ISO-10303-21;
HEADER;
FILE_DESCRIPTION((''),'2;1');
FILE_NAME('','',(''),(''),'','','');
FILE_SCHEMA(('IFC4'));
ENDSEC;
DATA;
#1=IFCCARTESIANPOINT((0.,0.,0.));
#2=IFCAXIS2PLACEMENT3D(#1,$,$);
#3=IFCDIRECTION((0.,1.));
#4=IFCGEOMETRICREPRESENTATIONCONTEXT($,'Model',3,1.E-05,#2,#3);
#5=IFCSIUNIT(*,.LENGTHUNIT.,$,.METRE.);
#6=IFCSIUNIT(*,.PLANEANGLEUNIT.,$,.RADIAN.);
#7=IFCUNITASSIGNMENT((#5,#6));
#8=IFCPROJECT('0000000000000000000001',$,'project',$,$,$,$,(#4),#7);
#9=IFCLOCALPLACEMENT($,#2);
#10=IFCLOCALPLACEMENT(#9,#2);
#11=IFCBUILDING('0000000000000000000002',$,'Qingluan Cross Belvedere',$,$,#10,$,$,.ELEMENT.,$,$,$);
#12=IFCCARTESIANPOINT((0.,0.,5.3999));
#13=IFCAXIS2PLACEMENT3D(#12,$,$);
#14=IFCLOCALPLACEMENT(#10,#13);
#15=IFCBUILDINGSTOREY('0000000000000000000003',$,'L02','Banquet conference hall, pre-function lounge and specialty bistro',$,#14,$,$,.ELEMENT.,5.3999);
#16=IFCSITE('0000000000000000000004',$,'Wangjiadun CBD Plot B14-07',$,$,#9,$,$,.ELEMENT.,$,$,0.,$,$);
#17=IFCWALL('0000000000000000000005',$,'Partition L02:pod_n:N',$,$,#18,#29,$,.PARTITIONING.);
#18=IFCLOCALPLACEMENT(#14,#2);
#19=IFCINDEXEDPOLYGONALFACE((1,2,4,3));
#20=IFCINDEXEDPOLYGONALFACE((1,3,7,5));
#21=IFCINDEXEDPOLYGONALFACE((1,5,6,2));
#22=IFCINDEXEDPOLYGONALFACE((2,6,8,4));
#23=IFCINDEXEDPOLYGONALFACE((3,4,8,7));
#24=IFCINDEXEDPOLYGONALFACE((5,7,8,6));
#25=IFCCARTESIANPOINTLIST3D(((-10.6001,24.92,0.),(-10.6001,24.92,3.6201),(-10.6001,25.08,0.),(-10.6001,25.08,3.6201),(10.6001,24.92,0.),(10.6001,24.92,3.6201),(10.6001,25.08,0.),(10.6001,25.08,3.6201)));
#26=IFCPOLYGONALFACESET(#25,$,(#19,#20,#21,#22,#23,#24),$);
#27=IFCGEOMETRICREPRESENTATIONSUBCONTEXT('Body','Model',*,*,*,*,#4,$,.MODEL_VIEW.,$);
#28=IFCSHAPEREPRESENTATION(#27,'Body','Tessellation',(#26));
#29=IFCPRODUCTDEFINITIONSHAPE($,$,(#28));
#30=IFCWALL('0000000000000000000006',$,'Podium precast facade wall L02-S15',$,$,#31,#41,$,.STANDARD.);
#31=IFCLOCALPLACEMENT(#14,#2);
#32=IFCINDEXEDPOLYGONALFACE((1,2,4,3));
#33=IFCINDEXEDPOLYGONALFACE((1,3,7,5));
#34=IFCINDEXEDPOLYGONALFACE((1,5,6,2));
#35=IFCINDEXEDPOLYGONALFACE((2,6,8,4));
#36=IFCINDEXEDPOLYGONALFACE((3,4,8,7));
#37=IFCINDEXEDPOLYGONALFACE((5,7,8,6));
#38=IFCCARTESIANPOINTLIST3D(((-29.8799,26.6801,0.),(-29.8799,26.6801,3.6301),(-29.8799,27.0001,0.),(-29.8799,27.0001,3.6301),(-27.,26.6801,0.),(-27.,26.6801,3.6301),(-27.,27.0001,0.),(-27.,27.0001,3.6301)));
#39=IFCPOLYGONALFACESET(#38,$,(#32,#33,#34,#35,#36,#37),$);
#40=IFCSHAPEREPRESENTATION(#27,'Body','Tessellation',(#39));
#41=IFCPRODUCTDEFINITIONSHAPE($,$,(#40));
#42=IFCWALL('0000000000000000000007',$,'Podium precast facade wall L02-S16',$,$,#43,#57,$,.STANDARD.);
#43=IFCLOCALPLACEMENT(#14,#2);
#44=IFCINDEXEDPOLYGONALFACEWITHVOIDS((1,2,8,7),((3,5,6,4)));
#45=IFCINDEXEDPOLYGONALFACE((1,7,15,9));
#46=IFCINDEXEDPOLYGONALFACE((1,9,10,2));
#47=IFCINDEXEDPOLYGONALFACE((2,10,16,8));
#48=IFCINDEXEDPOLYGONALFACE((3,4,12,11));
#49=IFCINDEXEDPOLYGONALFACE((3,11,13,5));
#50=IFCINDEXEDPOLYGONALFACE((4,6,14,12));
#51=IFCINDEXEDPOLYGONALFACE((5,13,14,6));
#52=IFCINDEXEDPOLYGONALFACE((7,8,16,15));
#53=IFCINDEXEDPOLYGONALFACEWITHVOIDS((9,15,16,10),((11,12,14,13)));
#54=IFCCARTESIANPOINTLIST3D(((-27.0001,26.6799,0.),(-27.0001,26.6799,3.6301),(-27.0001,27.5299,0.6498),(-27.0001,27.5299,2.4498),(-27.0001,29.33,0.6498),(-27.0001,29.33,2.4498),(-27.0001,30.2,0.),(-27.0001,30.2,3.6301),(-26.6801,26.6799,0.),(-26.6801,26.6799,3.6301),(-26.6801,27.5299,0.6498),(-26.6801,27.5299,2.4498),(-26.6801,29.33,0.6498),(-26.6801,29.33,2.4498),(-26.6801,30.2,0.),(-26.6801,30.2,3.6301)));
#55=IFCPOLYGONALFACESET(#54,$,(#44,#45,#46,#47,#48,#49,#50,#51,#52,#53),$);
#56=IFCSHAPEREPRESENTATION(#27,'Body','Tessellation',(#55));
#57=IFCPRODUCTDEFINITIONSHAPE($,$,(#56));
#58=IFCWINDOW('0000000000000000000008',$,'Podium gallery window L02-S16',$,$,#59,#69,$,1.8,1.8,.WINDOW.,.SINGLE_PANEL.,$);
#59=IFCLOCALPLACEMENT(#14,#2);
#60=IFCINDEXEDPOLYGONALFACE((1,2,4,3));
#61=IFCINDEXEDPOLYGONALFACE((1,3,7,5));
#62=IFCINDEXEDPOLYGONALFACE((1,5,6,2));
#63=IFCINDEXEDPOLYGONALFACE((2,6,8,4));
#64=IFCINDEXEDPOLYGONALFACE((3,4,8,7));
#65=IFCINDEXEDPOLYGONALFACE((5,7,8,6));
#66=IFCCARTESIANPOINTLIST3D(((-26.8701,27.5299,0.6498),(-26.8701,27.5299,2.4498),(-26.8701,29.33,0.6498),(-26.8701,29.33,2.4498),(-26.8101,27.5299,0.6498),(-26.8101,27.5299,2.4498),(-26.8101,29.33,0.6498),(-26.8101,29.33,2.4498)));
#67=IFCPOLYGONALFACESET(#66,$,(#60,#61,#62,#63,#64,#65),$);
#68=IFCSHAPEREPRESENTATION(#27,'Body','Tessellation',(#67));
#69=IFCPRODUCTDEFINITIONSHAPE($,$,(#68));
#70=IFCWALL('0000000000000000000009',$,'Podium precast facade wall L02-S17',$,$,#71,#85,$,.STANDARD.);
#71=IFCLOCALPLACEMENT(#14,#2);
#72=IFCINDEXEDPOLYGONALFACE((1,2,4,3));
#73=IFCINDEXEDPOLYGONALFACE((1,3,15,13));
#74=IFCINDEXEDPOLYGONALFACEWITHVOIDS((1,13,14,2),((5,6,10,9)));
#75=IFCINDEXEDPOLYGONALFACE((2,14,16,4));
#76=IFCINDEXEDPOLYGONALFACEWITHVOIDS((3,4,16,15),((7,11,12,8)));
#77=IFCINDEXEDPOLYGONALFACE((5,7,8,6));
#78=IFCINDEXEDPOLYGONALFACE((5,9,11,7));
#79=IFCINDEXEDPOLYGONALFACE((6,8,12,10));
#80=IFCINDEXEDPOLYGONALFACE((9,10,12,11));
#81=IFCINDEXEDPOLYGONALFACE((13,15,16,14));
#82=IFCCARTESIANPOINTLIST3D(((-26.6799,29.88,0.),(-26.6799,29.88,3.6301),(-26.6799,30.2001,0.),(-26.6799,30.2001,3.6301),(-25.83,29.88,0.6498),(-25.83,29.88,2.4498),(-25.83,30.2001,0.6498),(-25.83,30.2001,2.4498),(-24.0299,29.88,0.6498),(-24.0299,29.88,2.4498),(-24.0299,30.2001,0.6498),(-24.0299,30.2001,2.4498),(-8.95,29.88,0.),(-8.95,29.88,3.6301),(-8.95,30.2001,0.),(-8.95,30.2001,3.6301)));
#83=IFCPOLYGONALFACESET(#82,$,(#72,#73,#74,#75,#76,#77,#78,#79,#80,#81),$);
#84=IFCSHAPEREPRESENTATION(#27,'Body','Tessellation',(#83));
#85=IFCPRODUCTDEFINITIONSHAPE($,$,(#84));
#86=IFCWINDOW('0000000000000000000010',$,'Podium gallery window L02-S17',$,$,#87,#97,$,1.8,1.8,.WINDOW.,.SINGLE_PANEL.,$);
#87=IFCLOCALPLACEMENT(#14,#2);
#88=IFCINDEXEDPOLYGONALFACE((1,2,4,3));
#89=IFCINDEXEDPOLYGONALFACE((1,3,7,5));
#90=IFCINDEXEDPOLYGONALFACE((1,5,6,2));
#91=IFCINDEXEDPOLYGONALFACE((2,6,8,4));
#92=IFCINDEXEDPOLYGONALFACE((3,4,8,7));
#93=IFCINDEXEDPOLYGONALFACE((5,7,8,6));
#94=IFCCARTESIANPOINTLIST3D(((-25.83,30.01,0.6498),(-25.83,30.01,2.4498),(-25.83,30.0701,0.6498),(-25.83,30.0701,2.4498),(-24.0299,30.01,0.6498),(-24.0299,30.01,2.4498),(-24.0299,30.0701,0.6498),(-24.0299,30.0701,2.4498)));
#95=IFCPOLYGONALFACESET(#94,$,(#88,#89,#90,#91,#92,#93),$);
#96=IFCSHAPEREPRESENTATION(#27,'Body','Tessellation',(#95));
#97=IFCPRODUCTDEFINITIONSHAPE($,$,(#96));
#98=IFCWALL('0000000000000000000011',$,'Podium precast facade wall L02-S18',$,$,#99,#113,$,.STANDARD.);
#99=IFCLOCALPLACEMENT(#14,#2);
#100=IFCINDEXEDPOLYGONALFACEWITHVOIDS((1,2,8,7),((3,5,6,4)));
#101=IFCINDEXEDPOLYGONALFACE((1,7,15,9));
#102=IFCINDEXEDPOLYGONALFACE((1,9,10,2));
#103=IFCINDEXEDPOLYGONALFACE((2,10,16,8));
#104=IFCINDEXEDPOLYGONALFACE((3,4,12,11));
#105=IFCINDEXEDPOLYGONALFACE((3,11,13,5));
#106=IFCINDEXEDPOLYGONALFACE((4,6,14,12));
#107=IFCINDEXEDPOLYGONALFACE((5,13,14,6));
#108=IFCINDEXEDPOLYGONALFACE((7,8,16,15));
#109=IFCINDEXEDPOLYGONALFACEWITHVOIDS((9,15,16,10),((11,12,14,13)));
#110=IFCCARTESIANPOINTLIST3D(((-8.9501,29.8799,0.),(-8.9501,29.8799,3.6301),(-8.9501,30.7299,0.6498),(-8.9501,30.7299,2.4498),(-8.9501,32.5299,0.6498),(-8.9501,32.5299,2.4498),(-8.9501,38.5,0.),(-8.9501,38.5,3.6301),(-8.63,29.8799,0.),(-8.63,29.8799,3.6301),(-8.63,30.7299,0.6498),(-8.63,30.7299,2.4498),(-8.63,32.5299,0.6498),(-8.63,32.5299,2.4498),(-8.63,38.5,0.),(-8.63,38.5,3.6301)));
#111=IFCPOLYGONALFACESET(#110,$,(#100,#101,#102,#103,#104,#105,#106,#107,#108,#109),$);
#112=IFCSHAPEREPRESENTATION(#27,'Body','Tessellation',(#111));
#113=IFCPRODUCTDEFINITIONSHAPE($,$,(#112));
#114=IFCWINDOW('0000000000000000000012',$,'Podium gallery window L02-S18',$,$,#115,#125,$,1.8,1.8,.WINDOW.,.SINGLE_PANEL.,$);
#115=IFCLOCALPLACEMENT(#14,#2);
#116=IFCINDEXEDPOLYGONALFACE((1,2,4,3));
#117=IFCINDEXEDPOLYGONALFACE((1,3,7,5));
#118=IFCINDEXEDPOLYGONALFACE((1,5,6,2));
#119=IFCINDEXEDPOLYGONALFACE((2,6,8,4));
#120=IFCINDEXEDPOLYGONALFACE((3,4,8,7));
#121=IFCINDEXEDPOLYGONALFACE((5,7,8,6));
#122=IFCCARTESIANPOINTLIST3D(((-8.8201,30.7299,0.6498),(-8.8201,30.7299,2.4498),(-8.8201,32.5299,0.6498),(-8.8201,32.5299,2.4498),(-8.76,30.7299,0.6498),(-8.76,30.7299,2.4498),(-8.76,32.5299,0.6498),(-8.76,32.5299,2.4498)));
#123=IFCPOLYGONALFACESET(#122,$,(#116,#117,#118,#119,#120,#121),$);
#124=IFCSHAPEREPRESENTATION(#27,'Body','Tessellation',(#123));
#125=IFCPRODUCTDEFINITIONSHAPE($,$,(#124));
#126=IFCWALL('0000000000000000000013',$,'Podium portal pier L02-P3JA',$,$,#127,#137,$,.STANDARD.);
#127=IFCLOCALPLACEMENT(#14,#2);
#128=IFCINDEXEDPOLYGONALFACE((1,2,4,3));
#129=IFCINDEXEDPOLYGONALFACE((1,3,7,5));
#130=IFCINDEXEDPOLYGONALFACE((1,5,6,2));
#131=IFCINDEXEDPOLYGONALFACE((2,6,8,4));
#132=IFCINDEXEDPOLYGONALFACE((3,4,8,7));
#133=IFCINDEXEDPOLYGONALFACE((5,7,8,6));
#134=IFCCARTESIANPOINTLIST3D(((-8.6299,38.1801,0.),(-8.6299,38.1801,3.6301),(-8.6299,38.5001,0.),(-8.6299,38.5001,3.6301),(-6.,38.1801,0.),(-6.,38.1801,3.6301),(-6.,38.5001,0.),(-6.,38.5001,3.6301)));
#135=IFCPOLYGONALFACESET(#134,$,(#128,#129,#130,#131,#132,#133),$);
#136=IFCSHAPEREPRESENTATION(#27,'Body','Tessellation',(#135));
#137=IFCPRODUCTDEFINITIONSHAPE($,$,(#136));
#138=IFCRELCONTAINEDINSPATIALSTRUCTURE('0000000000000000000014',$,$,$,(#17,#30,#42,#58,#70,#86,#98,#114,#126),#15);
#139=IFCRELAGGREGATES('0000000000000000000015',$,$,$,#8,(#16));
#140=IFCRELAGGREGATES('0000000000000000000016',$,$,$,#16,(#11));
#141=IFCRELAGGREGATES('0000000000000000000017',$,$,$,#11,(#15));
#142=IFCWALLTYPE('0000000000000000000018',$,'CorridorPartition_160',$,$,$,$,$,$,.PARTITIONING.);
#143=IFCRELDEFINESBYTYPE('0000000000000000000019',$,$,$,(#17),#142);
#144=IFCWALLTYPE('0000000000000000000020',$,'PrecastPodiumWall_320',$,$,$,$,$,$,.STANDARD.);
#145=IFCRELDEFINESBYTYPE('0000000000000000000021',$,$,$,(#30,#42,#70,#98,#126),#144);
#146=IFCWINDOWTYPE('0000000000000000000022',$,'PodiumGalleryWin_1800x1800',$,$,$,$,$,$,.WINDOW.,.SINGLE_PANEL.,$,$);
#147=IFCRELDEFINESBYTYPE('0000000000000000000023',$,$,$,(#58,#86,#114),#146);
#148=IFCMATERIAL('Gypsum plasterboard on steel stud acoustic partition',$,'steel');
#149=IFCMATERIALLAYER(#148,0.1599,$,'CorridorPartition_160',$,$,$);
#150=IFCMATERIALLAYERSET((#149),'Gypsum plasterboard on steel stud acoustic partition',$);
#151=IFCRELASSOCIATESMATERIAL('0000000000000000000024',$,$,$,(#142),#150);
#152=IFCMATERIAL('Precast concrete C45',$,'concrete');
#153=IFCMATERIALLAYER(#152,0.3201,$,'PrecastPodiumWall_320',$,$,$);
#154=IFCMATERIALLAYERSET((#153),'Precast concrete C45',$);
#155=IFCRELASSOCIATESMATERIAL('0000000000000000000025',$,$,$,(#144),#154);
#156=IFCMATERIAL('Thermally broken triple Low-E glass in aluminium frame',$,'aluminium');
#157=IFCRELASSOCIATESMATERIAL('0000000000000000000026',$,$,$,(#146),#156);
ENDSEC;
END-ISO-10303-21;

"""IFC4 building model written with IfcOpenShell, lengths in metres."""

from ifc_helpers import new_model, si_unit, direction, frame, frame_2d, origin, place, context, subcontext, project, spatial, rectangle, extrude, material, layer, layer_set, type_object, element, fill, save


model = new_model("IFC4")

# Units and contexts
model_context = context("Model", 3, precision=1e-05, world=origin(), true_north=direction((0.0, 1.0)))
body_context = subcontext(model_context, "Body", "Model", "MODEL_VIEW")
ifc_project = project(units=[si_unit("LENGTHUNIT", "METRE"), si_unit("PLANEANGLEUNIT", "RADIAN")], contexts=[model_context])

# Site, building, storey
site_placement = place(None, origin())
site = spatial("IfcSite", under=ifc_project, at=site_placement, Name="Wangjiadun CBD Plot B14-07", CompositionType="ELEMENT", RefElevation=0.0)
building_placement = place(site_placement, origin())
building = spatial("IfcBuilding", under=site, at=building_placement, Name="Qingluan Cross Belvedere", CompositionType="ELEMENT")
storey_placement = place(building_placement, frame((0.0, 0.0, 5.3999)))
storey = spatial("IfcBuildingStorey", under=building, at=storey_placement, Name="L02", Description="Banquet conference hall, pre-function lounge and specialty bistro", CompositionType="ELEMENT", Elevation=5.3999)

# Walls
ifc_material_1 = material(Name="Gypsum plasterboard on steel stud acoustic partition", Category="steel")
ifc_layer_1 = layer(ifc_material_1, 0.1599, Name="CorridorPartition_160")
ifc_layer_set_1 = layer_set([ifc_layer_1], Name="Gypsum plasterboard on steel stud acoustic partition")
wall_type_1 = type_object("IfcWallType", Name="CorridorPartition_160", PredefinedType="PARTITIONING", material=ifc_layer_set_1)
wall_1_placement = place(storey_placement, frame((-10.6001, 25.0, 0.0), z_axis=(0.0, 0.0, 1.0), x_axis=(1.0, 0.0, 0.0)))
element("IfcWall", 1, at=wall_1_placement, inside=storey, type_object=wall_type_1, Name="Partition L02:pod_n:N", PredefinedType="PARTITIONING", context=body_context, shape_type="SweptSolid", body=[
    extrude(rectangle(XDim=21.2002, YDim=0.1599, at=frame_2d((10.6001, 0.0))), origin(), (0.0, 0.0, 1.0), 3.6201),
])
ifc_material_2 = material(Name="Precast concrete C45", Category="concrete")
ifc_layer_2 = layer(ifc_material_2, 0.3201, Name="PrecastPodiumWall_320")
ifc_layer_set_2 = layer_set([ifc_layer_2], Name="Precast concrete C45")
wall_type_2 = type_object("IfcWallType", Name="PrecastPodiumWall_320", PredefinedType="STANDARD", material=ifc_layer_set_2)
wall_2_placement = place(storey_placement, frame((-29.8799, 26.8401, 0.0), z_axis=(0.0, 0.0, 1.0), x_axis=(1.0, 0.0, 0.0)))
element("IfcWall", 2, at=wall_2_placement, inside=storey, type_object=wall_type_2, Name="Podium precast facade wall L02-S15", PredefinedType="STANDARD", context=body_context, shape_type="SweptSolid", body=[
    extrude(rectangle(XDim=2.8799, YDim=0.3201, at=frame_2d((1.4399, 0.0))), origin(), (0.0, 0.0, 1.0), 3.6301),
])

# Walls, openings, windows
wall_3_placement = place(storey_placement, frame((-26.8401, 26.6799, 0.0), z_axis=(0.0, 0.0, 1.0), x_axis=(0.0, 1.0, 0.0)))
wall_3 = element("IfcWall", 3, at=wall_3_placement, inside=storey, type_object=wall_type_2, Name="Podium precast facade wall L02-S16", PredefinedType="STANDARD", context=body_context, shape_type="SweptSolid", body=[
    extrude(rectangle(XDim=3.52, YDim=0.3201, at=frame_2d((1.76, 0.0))), origin(), (0.0, 0.0, 1.0), 3.6301),
])
opening_1_placement = place(wall_3_placement, frame((0.8501, 0.0, 0.6499)))
opening_1 = element("IfcOpeningElement", 4, at=opening_1_placement, cuts=wall_3, PredefinedType="OPENING", context=body_context, shape_type="SweptSolid", body=[
    extrude(rectangle(XDim=1.8, YDim=1.8, at=frame_2d((0.8999, 0.8999))), frame((0.0, 0.1699, 0.0), z_axis=(0.0, -1.0, 0.0), x_axis=(1.0, 0.0, 0.0)), (0.0, 0.0, 1.0), 0.3401),
])
ifc_material_3 = material(Name="Thermally broken triple Low-E glass in aluminium frame", Category="aluminium")
window_type = type_object("IfcWindowType", Name="PodiumGalleryWin_1800x1800", PartitioningType="SINGLE_PANEL", PredefinedType="WINDOW", material=ifc_material_3)
window_1_placement = place(opening_1_placement, origin())
window_1 = element("IfcWindow", 5, at=window_1_placement, inside=storey, type_object=window_type, Name="Podium gallery window L02-S16", OverallHeight=1.8, OverallWidth=1.8, PartitioningType="SINGLE_PANEL", PredefinedType="WINDOW", context=body_context, shape_type="SweptSolid", body=[
    extrude(rectangle(XDim=1.8, YDim=1.8, at=frame_2d((0.8999, 0.8999))), frame((0.0, 0.03, 0.0), z_axis=(0.0, -1.0, 0.0), x_axis=(1.0, 0.0, 0.0)), (0.0, 0.0, 1.0), 0.0601),
])
fill(opening_1, window_1)
wall_4_placement = place(storey_placement, frame((-26.6799, 30.04, 0.0), z_axis=(0.0, 0.0, 1.0), x_axis=(1.0, 0.0, 0.0)))
wall_4 = element("IfcWall", 6, at=wall_4_placement, inside=storey, type_object=wall_type_2, Name="Podium precast facade wall L02-S17", PredefinedType="STANDARD", context=body_context, shape_type="SweptSolid", body=[
    extrude(rectangle(XDim=17.73, YDim=0.3201, at=frame_2d((8.865, 0.0))), origin(), (0.0, 0.0, 1.0), 3.6301),
])
opening_2_placement = place(wall_4_placement, frame((0.8501, 0.0, 0.6499)))
opening_2 = element("IfcOpeningElement", 7, at=opening_2_placement, cuts=wall_4, PredefinedType="OPENING", context=body_context, shape_type="SweptSolid", body=[
    extrude(rectangle(XDim=1.8, YDim=1.8, at=frame_2d((0.8999, 0.8999))), frame((0.0, 0.1699, 0.0), z_axis=(0.0, -1.0, 0.0), x_axis=(1.0, 0.0, 0.0)), (0.0, 0.0, 1.0), 0.3401),
])
window_2_placement = place(opening_2_placement, origin())
window_2 = element("IfcWindow", 8, at=window_2_placement, inside=storey, type_object=window_type, Name="Podium gallery window L02-S17", OverallHeight=1.8, OverallWidth=1.8, PartitioningType="SINGLE_PANEL", PredefinedType="WINDOW", context=body_context, shape_type="SweptSolid", body=[
    extrude(rectangle(XDim=1.8, YDim=1.8, at=frame_2d((0.8999, 0.8999))), frame((0.0, 0.03, 0.0), z_axis=(0.0, -1.0, 0.0), x_axis=(1.0, 0.0, 0.0)), (0.0, 0.0, 1.0), 0.0601),
])
fill(opening_2, window_2)
wall_5_placement = place(storey_placement, frame((-8.79, 29.8799, 0.0), z_axis=(0.0, 0.0, 1.0), x_axis=(0.0, 1.0, 0.0)))
wall_5 = element("IfcWall", 9, at=wall_5_placement, inside=storey, type_object=wall_type_2, Name="Podium precast facade wall L02-S18", PredefinedType="STANDARD", context=body_context, shape_type="SweptSolid", body=[
    extrude(rectangle(XDim=8.6201, YDim=0.3201, at=frame_2d((4.3101, 0.0))), origin(), (0.0, 0.0, 1.0), 3.6301),
])
opening_3_placement = place(wall_5_placement, frame((0.8501, 0.0, 0.6499)))
opening_3 = element("IfcOpeningElement", 10, at=opening_3_placement, cuts=wall_5, PredefinedType="OPENING", context=body_context, shape_type="SweptSolid", body=[
    extrude(rectangle(XDim=1.8, YDim=1.8, at=frame_2d((0.8999, 0.8999))), frame((0.0, 0.1699, 0.0), z_axis=(0.0, -1.0, 0.0), x_axis=(1.0, 0.0, 0.0)), (0.0, 0.0, 1.0), 0.3401),
])
window_3_placement = place(opening_3_placement, origin())
window_3 = element("IfcWindow", 11, at=window_3_placement, inside=storey, type_object=window_type, Name="Podium gallery window L02-S18", OverallHeight=1.8, OverallWidth=1.8, PartitioningType="SINGLE_PANEL", PredefinedType="WINDOW", context=body_context, shape_type="SweptSolid", body=[
    extrude(rectangle(XDim=1.8, YDim=1.8, at=frame_2d((0.8999, 0.8999))), frame((0.0, 0.03, 0.0), z_axis=(0.0, -1.0, 0.0), x_axis=(1.0, 0.0, 0.0)), (0.0, 0.0, 1.0), 0.0601),
])
fill(opening_3, window_3)

# Wall
wall_6_placement = place(storey_placement, frame((-8.6299, 38.3401, 0.0), z_axis=(0.0, 0.0, 1.0), x_axis=(1.0, 0.0, 0.0)))
element("IfcWall", 12, at=wall_6_placement, inside=storey, type_object=wall_type_2, Name="Podium portal pier L02-P3JA", PredefinedType="STANDARD", context=body_context, shape_type="SweptSolid", body=[
    extrude(rectangle(XDim=2.6299, YDim=0.3201, at=frame_2d((1.3149, 0.0))), origin(), (0.0, 0.0, 1.0), 3.6301),
])

save(model, "model.ifc")
